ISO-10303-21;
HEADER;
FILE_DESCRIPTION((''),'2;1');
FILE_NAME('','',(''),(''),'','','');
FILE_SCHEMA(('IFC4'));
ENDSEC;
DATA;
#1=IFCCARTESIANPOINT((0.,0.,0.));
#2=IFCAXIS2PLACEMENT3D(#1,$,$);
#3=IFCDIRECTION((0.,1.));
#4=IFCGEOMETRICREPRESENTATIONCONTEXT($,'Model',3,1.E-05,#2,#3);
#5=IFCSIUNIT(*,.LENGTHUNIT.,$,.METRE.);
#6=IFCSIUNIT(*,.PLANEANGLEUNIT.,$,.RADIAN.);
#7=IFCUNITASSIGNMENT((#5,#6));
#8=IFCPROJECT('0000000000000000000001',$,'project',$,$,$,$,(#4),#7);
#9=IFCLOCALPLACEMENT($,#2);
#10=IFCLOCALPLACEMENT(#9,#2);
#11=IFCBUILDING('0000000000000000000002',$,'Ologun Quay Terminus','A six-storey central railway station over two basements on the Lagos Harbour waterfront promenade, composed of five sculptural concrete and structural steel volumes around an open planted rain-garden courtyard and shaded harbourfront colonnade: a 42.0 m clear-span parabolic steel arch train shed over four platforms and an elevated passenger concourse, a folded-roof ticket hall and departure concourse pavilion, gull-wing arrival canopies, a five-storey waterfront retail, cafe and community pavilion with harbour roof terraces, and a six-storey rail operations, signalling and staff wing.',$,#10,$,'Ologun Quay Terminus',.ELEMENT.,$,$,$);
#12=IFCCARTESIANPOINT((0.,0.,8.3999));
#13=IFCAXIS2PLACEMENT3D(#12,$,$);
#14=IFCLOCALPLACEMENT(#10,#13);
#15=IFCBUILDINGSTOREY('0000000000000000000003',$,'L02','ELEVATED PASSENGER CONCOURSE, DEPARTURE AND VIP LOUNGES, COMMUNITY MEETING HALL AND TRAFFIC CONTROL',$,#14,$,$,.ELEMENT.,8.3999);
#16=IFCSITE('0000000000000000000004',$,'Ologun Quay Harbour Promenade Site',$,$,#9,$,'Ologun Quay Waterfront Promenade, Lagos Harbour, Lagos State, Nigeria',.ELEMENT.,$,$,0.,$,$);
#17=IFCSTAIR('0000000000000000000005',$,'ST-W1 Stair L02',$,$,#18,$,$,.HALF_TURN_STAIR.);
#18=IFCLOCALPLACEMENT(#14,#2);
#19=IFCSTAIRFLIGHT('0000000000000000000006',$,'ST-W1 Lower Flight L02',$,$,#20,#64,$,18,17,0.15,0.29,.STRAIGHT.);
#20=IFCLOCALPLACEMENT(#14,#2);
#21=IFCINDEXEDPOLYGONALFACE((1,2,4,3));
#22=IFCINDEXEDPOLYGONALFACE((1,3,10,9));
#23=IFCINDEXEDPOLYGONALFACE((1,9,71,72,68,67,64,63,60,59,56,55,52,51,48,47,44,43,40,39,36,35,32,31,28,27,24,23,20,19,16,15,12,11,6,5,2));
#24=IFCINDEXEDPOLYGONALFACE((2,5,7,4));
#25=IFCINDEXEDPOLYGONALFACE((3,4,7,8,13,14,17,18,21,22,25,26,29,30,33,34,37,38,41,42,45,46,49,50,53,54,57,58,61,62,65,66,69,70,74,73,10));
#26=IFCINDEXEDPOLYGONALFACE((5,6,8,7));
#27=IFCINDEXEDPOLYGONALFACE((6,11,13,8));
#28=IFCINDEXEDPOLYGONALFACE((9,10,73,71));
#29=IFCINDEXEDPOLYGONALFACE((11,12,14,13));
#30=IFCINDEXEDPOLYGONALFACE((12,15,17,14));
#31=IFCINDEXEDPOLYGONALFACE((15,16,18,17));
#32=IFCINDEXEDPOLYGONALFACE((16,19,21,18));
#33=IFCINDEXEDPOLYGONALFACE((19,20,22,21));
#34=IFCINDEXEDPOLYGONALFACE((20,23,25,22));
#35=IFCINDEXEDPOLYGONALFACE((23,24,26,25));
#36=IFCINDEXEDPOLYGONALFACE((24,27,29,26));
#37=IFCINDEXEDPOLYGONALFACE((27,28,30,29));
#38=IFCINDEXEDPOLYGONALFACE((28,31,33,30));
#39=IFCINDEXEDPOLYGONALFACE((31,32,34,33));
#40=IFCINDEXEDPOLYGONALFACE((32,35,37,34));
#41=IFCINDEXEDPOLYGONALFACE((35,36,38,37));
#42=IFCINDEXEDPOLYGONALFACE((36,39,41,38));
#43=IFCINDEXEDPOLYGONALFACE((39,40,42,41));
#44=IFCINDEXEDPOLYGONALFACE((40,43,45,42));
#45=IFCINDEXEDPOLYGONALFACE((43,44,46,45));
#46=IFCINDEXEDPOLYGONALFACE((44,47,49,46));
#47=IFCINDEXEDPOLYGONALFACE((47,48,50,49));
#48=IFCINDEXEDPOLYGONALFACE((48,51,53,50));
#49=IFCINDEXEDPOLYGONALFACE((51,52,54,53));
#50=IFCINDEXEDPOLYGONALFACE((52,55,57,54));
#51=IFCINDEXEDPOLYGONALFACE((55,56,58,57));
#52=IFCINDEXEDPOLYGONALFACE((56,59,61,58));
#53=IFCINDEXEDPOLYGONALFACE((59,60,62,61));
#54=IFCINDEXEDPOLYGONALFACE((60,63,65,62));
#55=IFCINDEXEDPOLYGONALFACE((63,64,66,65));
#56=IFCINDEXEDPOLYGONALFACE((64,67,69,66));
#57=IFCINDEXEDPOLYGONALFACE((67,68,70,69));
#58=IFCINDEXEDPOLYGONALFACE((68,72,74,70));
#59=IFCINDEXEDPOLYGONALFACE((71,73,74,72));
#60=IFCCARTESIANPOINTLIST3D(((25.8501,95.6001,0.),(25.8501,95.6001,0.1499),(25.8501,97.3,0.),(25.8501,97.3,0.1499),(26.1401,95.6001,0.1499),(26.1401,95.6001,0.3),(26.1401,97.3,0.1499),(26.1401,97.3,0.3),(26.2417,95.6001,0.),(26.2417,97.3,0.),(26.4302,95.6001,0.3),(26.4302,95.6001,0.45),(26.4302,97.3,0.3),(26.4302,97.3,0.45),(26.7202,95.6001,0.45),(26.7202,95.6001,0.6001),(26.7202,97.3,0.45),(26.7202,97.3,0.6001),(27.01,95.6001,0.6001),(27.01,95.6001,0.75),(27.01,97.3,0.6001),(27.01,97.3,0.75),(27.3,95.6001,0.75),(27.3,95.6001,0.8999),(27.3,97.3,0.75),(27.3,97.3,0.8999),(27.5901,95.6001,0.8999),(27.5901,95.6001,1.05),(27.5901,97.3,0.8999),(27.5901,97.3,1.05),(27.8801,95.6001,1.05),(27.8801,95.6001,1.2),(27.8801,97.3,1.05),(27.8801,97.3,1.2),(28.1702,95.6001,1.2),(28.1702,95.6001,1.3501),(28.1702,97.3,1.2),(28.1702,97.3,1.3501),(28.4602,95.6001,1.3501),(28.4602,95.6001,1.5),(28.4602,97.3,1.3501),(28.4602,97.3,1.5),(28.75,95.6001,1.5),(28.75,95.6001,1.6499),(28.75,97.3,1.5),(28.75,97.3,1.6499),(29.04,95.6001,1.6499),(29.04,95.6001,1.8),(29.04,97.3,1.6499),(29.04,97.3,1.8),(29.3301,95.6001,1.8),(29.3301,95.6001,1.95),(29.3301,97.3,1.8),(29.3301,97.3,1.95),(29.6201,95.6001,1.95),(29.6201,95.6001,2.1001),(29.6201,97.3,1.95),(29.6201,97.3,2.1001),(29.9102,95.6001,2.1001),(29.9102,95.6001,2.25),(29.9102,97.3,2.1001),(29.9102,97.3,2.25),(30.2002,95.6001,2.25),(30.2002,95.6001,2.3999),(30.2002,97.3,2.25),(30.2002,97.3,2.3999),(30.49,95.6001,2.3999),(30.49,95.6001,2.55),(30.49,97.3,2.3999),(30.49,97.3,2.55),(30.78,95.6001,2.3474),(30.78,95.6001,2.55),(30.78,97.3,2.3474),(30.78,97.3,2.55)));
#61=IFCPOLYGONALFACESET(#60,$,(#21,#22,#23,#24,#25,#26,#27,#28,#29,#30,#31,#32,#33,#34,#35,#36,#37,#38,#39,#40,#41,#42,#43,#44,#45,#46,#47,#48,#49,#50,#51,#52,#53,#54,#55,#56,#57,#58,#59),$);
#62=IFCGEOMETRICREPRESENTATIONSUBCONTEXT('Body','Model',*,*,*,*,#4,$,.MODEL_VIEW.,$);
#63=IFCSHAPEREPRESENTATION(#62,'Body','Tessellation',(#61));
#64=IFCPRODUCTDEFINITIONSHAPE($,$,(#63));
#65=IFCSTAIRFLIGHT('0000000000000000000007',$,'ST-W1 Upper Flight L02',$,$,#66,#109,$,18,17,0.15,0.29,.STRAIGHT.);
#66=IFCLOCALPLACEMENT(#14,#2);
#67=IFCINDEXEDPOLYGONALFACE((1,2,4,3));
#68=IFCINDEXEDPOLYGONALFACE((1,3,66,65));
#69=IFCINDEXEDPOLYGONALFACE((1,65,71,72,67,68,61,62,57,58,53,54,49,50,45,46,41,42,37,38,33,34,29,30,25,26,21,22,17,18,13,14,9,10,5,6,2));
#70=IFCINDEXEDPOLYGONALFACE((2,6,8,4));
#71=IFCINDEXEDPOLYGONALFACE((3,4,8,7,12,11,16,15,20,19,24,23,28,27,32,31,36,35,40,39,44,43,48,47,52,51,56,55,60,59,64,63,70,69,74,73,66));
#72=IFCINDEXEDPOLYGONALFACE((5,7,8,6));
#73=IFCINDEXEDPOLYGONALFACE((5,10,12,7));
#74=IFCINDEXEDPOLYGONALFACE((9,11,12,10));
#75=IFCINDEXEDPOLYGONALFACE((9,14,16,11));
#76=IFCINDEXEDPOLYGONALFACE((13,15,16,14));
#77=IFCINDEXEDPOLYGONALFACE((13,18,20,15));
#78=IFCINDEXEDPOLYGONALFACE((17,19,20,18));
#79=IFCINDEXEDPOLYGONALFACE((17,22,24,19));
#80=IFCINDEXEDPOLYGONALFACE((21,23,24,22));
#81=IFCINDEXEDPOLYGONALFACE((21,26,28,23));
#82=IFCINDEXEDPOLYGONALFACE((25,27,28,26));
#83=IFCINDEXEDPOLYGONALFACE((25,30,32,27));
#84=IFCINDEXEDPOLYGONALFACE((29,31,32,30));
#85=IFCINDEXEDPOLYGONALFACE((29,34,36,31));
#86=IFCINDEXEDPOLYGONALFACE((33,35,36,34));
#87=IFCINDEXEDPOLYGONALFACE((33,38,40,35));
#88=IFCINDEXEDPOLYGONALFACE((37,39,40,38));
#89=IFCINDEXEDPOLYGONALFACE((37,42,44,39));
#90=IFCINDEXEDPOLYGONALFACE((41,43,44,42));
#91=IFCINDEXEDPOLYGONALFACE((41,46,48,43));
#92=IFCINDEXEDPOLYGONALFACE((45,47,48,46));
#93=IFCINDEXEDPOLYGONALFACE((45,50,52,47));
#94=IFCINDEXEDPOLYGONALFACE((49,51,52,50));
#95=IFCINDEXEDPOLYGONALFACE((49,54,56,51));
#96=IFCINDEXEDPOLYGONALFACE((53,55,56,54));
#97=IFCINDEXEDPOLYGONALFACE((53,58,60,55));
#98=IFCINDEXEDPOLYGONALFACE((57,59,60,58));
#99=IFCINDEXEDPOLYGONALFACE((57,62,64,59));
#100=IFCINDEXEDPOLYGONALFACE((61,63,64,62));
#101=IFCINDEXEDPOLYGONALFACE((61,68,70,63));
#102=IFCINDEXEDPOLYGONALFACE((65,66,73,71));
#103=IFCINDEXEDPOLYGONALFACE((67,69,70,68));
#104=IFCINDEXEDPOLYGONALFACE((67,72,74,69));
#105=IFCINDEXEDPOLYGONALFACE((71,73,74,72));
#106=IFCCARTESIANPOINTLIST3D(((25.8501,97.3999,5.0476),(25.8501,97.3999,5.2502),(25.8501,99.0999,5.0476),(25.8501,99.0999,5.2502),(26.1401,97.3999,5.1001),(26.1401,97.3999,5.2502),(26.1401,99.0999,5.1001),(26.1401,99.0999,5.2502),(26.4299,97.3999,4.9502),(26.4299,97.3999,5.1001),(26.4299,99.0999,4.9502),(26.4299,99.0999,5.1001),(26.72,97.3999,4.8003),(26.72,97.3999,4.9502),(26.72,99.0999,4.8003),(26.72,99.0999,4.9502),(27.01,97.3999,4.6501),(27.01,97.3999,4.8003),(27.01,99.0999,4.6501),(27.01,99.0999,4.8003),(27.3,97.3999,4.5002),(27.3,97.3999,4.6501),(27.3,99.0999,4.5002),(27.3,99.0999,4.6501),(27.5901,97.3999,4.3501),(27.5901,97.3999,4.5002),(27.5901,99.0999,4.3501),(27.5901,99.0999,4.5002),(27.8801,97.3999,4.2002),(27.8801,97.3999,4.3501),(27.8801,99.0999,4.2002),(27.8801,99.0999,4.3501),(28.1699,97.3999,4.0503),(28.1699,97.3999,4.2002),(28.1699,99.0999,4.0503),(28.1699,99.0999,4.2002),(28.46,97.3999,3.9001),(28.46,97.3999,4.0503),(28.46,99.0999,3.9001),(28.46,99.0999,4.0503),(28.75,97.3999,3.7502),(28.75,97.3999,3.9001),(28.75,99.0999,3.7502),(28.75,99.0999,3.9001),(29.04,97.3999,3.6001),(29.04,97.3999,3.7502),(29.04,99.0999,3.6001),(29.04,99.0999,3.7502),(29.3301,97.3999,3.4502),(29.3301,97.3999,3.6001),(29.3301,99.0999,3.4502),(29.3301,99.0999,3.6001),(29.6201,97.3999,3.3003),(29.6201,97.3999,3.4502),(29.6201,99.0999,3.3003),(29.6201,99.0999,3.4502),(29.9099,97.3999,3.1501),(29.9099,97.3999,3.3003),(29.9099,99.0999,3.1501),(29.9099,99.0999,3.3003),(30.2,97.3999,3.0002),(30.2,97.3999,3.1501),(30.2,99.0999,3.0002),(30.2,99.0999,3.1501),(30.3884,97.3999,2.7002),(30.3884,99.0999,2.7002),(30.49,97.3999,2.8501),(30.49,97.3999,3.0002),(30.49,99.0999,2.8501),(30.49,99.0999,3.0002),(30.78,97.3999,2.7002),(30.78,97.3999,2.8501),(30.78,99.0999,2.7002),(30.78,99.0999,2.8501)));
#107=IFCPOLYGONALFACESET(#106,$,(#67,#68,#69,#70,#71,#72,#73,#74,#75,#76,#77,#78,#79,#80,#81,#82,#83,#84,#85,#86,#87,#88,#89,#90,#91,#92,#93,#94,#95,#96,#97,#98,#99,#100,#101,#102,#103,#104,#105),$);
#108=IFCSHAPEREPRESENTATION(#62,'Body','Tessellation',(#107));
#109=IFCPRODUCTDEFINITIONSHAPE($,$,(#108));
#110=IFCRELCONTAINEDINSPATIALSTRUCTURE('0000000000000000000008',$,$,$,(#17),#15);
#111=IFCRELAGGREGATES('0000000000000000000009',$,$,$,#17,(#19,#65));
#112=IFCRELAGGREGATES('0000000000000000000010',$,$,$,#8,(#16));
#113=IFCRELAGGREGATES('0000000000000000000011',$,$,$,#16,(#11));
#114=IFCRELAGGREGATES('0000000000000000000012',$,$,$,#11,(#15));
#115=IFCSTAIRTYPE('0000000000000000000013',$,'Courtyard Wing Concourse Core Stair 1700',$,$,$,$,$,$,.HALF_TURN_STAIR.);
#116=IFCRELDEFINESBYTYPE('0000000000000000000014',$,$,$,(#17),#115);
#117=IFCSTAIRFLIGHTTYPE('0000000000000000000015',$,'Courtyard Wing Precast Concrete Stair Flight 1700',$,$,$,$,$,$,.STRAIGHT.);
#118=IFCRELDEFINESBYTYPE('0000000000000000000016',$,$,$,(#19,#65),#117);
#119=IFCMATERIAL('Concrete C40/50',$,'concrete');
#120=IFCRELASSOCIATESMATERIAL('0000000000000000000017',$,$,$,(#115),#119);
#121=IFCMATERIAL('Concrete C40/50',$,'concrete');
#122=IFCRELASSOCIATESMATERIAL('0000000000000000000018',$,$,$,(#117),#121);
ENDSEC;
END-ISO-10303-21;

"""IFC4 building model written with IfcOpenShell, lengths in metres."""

from ifc_helpers import new_model, si_unit, direction, frame, origin, place, context, subcontext, project, spatial, polyline, outline, extrude, material, type_object, element, aggregate, save


model = new_model("IFC4")

# Units and contexts
model_context = context("Model", 3, precision=1e-05, world=origin(), true_north=direction((0.0, 1.0)))
body_context = subcontext(model_context, "Body", "Model", "MODEL_VIEW")
ifc_project = project(units=[si_unit("LENGTHUNIT", "METRE"), si_unit("PLANEANGLEUNIT", "RADIAN")], contexts=[model_context])

# Site, building, storey
site_placement = place(None, origin())
site = spatial("IfcSite", under=ifc_project, at=site_placement, Name="Ologun Quay Harbour Promenade Site", LongName="Ologun Quay Waterfront Promenade, Lagos Harbour, Lagos State, Nigeria", CompositionType="ELEMENT", RefElevation=0.0)
building_placement = place(site_placement, origin())
building = spatial("IfcBuilding", under=site, at=building_placement, Name="Ologun Quay Terminus", Description="A six-storey central railway station over two basements on the Lagos Harbour waterfront promenade, composed of five sculptural concrete and structural steel volumes around an open planted rain-garden courtyard and shaded harbourfront colonnade: a 42.0 m clear-span parabolic steel arch train shed over four platforms and an elevated passenger concourse, a folded-roof ticket hall and departure concourse pavilion, gull-wing arrival canopies, a five-storey waterfront retail, cafe and community pavilion with harbour roof terraces, and a six-storey rail operations, signalling and staff wing.", LongName="Ologun Quay Terminus", CompositionType="ELEMENT")
storey_placement = place(building_placement, frame((0.0, 0.0, 8.3999)))
storey = spatial("IfcBuildingStorey", under=building, at=storey_placement, Name="L02", Description="ELEVATED PASSENGER CONCOURSE, DEPARTURE AND VIP LOUNGES, COMMUNITY MEETING HALL AND TRAFFIC CONTROL", CompositionType="ELEMENT", Elevation=8.3999)

# Stair, stair flights
ifc_material_1 = material(Name="Concrete C40/50", Category="concrete")
stair_type = type_object("IfcStairType", Name="Courtyard Wing Concourse Core Stair 1700", PredefinedType="HALF_TURN_STAIR", material=ifc_material_1)
stair_placement = place(storey_placement, origin())
stair = element("IfcStair", 1, at=stair_placement, inside=storey, type_object=stair_type, Name="ST-W1 Stair L02", PredefinedType="HALF_TURN_STAIR")
ifc_material_2 = material(Name="Concrete C40/50", Category="concrete")
stair_flight_type = type_object("IfcStairFlightType", Name="Courtyard Wing Precast Concrete Stair Flight 1700", PredefinedType="STRAIGHT", material=ifc_material_2)
stair_flight_1_placement = place(storey_placement, frame((25.8501, 96.45, 0.0), z_axis=(0.0, 0.0, 1.0), x_axis=(1.0, 0.0, 0.0)))
stair_flight_1 = element("IfcStairFlight", 2, at=stair_flight_1_placement, type_object=stair_flight_type, Name="ST-W1 Lower Flight L02", NumberOfRisers=18, NumberOfTreads=17, PredefinedType="STRAIGHT", RiserHeight=0.15, TreadLength=0.29, context=body_context, shape_type="SweptSolid", body=[
    extrude(outline(polyline([(0.0, 0.0), (0.0, 0.1499), (0.29, 0.1499), (0.29, 0.3), (0.5801, 0.3), (0.5801, 0.45), (0.8701, 0.45), (0.8701, 0.6001), (1.1599, 0.6001), (1.1599, 0.75), (1.45, 0.75), (1.45, 0.8999), (1.74, 0.8999), (1.74, 1.05), (2.03, 1.05), (2.03, 1.2), (2.3201, 1.2), (2.3201, 1.3501), (2.6101, 1.3501), (2.6101, 1.5), (2.8999, 1.5), (2.8999, 1.6499), (3.1899, 1.6499), (3.1899, 1.8), (3.48, 1.8), (3.48, 1.95), (3.77, 1.95), (3.77, 2.1001), (4.0601, 2.1001), (4.0601, 2.25), (4.3501, 2.25), (4.3501, 2.3999), (4.6399, 2.3999), (4.6399, 2.55), (4.9299, 2.55), (4.9299, 2.7), (4.9299, 2.3474), (0.3916, 0.0), (0.0, 0.0)])), frame((0.0, 0.8501, 0.0), z_axis=(0.0, -1.0, 0.0), x_axis=(1.0, 0.0, 0.0)), (0.0, 0.0, 1.0), 1.7),
])
stair_flight_2_placement = place(storey_placement, frame((30.78, 98.25, 2.7002), z_axis=(0.0, 0.0, 1.0), x_axis=(-1.0, 0.0, 0.0)))
stair_flight_2 = element("IfcStairFlight", 3, at=stair_flight_2_placement, type_object=stair_flight_type, Name="ST-W1 Upper Flight L02", NumberOfRisers=18, NumberOfTreads=17, PredefinedType="STRAIGHT", RiserHeight=0.15, TreadLength=0.29, context=body_context, shape_type="SweptSolid", body=[
    extrude(outline(polyline([(0.0, 0.0), (0.0, 0.1499), (0.29, 0.1499), (0.29, 0.3), (0.5801, 0.3), (0.5801, 0.45), (0.8701, 0.45), (0.8701, 0.6001), (1.1599, 0.6001), (1.1599, 0.75), (1.45, 0.75), (1.45, 0.8999), (1.74, 0.8999), (1.74, 1.05), (2.03, 1.05), (2.03, 1.2), (2.3201, 1.2), (2.3201, 1.3501), (2.6101, 1.3501), (2.6101, 1.5), (2.8999, 1.5), (2.8999, 1.6499), (3.1899, 1.6499), (3.1899, 1.8), (3.48, 1.8), (3.48, 1.95), (3.77, 1.95), (3.77, 2.1001), (4.0601, 2.1001), (4.0601, 2.25), (4.3501, 2.25), (4.3501, 2.3999), (4.6399, 2.3999), (4.6399, 2.55), (4.9299, 2.55), (4.9299, 2.7), (4.9299, 2.3474), (0.3916, 0.0), (0.0, 0.0)])), frame((0.0, 0.8501, 0.0), z_axis=(0.0, -1.0, 0.0), x_axis=(1.0, 0.0, 0.0)), (0.0, 0.0, 1.0), 1.7),
])
aggregate(stair, [stair_flight_1, stair_flight_2])

save(model, "model.ifc")
